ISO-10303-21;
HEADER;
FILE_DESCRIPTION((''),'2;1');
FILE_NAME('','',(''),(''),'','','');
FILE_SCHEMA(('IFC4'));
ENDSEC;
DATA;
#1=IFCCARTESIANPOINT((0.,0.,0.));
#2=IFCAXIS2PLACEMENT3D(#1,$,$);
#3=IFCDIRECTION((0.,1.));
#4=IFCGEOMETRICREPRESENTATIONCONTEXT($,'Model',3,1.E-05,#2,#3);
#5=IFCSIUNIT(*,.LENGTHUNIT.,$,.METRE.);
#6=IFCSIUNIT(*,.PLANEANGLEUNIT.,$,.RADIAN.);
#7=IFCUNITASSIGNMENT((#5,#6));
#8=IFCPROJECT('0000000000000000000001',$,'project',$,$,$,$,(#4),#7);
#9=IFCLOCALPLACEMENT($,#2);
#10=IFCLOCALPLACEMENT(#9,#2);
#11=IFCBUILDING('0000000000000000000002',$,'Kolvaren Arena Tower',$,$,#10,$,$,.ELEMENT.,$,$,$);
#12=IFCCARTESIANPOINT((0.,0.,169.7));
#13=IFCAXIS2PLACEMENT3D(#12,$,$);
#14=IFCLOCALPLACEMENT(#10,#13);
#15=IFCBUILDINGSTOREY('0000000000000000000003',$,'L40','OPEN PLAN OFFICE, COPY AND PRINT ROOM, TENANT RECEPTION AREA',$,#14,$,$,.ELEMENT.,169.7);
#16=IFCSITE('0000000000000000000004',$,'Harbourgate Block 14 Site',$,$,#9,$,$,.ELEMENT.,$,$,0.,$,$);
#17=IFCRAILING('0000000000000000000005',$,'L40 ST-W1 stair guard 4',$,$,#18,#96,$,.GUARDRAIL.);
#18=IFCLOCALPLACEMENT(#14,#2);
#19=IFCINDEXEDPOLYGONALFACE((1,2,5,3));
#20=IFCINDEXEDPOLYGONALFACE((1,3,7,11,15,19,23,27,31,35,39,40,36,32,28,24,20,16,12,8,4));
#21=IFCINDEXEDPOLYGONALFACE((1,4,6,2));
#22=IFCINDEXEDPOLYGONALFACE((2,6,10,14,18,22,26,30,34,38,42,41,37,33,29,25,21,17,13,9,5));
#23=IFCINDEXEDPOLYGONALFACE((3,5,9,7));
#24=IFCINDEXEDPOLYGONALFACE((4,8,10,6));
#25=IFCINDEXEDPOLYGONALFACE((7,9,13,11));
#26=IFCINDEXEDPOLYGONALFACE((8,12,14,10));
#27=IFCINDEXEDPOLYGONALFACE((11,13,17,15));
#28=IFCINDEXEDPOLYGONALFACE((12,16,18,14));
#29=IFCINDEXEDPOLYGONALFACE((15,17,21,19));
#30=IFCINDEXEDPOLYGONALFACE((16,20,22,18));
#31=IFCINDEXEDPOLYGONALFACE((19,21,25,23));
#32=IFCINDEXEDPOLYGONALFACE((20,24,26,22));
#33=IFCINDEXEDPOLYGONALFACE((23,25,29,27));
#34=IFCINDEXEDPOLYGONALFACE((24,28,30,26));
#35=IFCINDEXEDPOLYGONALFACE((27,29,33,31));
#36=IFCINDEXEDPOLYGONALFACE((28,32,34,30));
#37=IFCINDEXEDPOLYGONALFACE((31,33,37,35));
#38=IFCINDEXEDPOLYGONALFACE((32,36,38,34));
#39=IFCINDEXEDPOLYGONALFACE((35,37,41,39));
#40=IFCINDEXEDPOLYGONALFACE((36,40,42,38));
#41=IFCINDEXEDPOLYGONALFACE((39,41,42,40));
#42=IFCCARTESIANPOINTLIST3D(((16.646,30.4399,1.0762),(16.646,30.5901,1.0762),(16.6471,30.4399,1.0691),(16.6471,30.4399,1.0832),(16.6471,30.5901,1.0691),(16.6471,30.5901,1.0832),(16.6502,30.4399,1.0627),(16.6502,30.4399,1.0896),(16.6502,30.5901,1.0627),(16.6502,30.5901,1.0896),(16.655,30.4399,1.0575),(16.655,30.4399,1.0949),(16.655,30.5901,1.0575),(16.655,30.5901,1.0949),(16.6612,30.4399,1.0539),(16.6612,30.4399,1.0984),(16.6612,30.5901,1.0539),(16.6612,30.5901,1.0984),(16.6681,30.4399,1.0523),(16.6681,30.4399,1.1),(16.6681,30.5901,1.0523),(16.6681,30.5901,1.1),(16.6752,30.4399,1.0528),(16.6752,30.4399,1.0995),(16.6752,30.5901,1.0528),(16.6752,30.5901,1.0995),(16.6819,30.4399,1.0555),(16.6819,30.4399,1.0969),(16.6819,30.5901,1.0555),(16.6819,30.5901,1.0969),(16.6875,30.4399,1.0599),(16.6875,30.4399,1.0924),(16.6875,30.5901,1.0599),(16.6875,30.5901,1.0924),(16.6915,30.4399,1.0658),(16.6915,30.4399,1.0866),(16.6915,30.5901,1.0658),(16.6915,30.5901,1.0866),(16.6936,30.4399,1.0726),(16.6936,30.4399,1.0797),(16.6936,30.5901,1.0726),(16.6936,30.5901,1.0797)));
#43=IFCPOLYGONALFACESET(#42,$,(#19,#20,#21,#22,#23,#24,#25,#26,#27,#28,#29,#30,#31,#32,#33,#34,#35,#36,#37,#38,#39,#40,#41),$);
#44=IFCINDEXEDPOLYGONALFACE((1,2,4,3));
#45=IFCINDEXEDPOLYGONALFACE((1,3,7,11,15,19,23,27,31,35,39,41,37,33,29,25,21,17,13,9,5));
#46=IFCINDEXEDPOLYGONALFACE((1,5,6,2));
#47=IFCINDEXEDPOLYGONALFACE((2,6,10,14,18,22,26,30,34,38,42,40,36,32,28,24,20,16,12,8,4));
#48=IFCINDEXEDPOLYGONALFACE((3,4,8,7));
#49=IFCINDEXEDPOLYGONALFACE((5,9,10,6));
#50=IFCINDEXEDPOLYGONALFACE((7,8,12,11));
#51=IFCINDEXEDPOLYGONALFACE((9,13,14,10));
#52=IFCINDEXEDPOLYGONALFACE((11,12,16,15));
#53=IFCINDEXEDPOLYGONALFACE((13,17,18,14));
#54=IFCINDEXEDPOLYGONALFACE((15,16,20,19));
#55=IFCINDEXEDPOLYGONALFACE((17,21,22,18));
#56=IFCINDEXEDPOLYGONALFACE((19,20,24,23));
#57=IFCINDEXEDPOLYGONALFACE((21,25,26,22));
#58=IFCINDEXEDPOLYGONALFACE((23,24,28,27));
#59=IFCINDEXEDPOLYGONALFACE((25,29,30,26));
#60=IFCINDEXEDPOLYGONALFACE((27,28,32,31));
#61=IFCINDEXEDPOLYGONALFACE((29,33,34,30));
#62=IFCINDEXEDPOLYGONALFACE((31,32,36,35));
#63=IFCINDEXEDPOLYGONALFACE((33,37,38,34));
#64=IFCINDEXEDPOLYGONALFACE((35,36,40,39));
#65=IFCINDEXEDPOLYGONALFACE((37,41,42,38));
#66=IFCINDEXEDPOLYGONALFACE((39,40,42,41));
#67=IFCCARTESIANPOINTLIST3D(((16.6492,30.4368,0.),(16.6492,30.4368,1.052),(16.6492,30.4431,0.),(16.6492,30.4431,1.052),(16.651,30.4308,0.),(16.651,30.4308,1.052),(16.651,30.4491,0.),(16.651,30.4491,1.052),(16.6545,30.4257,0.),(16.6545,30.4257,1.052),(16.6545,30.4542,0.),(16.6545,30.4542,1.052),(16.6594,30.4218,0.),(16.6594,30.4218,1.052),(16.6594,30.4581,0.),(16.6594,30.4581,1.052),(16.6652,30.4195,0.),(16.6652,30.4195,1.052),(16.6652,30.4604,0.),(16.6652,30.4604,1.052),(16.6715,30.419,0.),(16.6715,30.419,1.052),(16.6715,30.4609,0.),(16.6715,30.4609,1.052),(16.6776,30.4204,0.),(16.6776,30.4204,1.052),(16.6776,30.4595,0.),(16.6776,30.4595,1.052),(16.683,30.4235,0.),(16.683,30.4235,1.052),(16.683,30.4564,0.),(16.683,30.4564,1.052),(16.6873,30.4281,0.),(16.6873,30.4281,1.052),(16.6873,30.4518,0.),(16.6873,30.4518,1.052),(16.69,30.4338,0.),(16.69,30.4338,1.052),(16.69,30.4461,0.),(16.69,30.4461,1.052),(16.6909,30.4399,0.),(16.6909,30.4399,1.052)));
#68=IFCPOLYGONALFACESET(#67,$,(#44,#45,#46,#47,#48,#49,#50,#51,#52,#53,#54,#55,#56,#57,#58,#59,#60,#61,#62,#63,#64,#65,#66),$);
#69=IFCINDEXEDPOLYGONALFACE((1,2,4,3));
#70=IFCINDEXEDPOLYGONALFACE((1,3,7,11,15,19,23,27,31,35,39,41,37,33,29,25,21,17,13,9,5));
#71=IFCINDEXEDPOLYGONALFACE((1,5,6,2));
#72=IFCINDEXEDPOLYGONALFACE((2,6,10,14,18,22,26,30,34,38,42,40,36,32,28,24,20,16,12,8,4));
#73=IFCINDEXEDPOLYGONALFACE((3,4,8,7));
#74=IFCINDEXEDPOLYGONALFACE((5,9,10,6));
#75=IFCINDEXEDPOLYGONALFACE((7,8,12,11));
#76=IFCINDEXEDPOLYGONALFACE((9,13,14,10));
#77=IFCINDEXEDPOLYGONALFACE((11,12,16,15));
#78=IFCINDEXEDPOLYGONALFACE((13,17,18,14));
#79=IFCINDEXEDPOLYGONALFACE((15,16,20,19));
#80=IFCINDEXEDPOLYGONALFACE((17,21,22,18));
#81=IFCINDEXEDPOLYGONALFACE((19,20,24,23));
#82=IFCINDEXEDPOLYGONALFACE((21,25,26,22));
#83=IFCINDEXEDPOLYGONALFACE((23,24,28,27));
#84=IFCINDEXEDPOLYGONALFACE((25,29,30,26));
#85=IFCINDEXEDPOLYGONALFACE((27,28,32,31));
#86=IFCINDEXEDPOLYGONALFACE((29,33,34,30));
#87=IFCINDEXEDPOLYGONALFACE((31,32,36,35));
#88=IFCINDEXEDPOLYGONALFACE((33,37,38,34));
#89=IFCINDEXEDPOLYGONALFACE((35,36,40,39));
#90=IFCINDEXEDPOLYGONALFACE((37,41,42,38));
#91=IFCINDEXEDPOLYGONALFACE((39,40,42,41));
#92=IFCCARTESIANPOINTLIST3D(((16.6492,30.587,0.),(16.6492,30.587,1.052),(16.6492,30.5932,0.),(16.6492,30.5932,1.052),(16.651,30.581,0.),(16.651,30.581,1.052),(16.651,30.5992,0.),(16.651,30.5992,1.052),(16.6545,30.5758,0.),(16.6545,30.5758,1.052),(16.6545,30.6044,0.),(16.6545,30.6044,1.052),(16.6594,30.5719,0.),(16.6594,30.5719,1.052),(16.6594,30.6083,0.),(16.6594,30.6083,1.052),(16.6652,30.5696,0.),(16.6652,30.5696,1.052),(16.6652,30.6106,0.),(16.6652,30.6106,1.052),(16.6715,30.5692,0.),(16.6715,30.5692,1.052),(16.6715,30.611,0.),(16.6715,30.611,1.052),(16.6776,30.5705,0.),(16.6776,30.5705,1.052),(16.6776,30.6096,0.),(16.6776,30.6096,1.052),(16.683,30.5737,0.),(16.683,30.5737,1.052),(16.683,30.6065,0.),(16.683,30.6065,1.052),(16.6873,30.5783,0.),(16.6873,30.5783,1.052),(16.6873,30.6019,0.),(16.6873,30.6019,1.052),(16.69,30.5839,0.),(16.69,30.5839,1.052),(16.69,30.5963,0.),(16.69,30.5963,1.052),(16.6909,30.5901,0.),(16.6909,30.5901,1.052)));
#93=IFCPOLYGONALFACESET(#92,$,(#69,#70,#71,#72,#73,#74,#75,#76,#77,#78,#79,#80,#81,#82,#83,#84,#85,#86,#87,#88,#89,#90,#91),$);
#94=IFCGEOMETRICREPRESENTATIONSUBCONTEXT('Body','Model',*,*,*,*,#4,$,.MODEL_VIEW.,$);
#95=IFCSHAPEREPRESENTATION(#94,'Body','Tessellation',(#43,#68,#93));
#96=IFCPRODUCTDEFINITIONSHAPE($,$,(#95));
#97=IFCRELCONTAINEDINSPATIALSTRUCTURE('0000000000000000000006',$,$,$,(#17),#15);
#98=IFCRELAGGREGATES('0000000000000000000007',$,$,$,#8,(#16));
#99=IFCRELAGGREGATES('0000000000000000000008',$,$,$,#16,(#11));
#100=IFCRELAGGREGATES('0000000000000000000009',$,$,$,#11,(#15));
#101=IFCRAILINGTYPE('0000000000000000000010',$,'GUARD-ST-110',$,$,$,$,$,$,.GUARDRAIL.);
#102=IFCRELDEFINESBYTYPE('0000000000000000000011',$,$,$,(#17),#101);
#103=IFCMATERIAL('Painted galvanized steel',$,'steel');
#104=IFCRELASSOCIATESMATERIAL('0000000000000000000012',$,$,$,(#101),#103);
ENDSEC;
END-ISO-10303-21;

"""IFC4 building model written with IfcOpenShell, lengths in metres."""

from ifc_helpers import new_model, si_unit, direction, frame, origin, origin_2d, place, context, subcontext, project, spatial, circle, extrude, material, type_object, element, save


model = new_model("IFC4")

# Units and contexts
model_context = context("Model", 3, precision=1e-05, world=origin(), true_north=direction((0.0, 1.0)))
body_context = subcontext(model_context, "Body", "Model", "MODEL_VIEW")
ifc_project = project(units=[si_unit("LENGTHUNIT", "METRE"), si_unit("PLANEANGLEUNIT", "RADIAN")], contexts=[model_context])

# Site, building, storey
site_placement = place(None, origin())
site = spatial("IfcSite", under=ifc_project, at=site_placement, Name="Harbourgate Block 14 Site", CompositionType="ELEMENT", RefElevation=0.0)
building_placement = place(site_placement, origin())
building = spatial("IfcBuilding", under=site, at=building_placement, Name="Kolvaren Arena Tower", CompositionType="ELEMENT")
storey_placement = place(building_placement, frame((0.0, 0.0, 169.7)))
storey = spatial("IfcBuildingStorey", under=building, at=storey_placement, Name="L40", Description="OPEN PLAN OFFICE, COPY AND PRINT ROOM, TENANT RECEPTION AREA", CompositionType="ELEMENT", Elevation=169.7)

# Railing
ifc_material_1 = material(Name="Painted galvanized steel", Category="steel")
railing_type_1 = type_object("IfcRailingType", Name="GUARD-ST-110", PredefinedType="GUARDRAIL", material=ifc_material_1)
railing_1_placement = place(storey_placement, frame((16.6699, 30.4399, 0.0)))
element("IfcRailing", 1, at=railing_1_placement, inside=storey, type_object=railing_type_1, Name="L40 ST-W1 stair guard 4", PredefinedType="GUARDRAIL", context=body_context, shape_type="SweptSolid", body=[
    extrude(circle(Radius=0.0239, at=origin_2d()), frame((0.0, 0.0, 1.0762), z_axis=(0.0, 1.0, 0.0), x_axis=(-1.0, 0.0, 0.0)), (0.0, 0.0, 1.0), 0.1501),
    extrude(circle(Radius=0.021, at=origin_2d()), origin(), (0.0, 0.0, 1.0), 1.052),
    extrude(circle(Radius=0.021, at=origin_2d()), frame((0.0, 0.1501, 0.0)), (0.0, 0.0, 1.0), 1.052),
])

save(model, "model.ifc")
